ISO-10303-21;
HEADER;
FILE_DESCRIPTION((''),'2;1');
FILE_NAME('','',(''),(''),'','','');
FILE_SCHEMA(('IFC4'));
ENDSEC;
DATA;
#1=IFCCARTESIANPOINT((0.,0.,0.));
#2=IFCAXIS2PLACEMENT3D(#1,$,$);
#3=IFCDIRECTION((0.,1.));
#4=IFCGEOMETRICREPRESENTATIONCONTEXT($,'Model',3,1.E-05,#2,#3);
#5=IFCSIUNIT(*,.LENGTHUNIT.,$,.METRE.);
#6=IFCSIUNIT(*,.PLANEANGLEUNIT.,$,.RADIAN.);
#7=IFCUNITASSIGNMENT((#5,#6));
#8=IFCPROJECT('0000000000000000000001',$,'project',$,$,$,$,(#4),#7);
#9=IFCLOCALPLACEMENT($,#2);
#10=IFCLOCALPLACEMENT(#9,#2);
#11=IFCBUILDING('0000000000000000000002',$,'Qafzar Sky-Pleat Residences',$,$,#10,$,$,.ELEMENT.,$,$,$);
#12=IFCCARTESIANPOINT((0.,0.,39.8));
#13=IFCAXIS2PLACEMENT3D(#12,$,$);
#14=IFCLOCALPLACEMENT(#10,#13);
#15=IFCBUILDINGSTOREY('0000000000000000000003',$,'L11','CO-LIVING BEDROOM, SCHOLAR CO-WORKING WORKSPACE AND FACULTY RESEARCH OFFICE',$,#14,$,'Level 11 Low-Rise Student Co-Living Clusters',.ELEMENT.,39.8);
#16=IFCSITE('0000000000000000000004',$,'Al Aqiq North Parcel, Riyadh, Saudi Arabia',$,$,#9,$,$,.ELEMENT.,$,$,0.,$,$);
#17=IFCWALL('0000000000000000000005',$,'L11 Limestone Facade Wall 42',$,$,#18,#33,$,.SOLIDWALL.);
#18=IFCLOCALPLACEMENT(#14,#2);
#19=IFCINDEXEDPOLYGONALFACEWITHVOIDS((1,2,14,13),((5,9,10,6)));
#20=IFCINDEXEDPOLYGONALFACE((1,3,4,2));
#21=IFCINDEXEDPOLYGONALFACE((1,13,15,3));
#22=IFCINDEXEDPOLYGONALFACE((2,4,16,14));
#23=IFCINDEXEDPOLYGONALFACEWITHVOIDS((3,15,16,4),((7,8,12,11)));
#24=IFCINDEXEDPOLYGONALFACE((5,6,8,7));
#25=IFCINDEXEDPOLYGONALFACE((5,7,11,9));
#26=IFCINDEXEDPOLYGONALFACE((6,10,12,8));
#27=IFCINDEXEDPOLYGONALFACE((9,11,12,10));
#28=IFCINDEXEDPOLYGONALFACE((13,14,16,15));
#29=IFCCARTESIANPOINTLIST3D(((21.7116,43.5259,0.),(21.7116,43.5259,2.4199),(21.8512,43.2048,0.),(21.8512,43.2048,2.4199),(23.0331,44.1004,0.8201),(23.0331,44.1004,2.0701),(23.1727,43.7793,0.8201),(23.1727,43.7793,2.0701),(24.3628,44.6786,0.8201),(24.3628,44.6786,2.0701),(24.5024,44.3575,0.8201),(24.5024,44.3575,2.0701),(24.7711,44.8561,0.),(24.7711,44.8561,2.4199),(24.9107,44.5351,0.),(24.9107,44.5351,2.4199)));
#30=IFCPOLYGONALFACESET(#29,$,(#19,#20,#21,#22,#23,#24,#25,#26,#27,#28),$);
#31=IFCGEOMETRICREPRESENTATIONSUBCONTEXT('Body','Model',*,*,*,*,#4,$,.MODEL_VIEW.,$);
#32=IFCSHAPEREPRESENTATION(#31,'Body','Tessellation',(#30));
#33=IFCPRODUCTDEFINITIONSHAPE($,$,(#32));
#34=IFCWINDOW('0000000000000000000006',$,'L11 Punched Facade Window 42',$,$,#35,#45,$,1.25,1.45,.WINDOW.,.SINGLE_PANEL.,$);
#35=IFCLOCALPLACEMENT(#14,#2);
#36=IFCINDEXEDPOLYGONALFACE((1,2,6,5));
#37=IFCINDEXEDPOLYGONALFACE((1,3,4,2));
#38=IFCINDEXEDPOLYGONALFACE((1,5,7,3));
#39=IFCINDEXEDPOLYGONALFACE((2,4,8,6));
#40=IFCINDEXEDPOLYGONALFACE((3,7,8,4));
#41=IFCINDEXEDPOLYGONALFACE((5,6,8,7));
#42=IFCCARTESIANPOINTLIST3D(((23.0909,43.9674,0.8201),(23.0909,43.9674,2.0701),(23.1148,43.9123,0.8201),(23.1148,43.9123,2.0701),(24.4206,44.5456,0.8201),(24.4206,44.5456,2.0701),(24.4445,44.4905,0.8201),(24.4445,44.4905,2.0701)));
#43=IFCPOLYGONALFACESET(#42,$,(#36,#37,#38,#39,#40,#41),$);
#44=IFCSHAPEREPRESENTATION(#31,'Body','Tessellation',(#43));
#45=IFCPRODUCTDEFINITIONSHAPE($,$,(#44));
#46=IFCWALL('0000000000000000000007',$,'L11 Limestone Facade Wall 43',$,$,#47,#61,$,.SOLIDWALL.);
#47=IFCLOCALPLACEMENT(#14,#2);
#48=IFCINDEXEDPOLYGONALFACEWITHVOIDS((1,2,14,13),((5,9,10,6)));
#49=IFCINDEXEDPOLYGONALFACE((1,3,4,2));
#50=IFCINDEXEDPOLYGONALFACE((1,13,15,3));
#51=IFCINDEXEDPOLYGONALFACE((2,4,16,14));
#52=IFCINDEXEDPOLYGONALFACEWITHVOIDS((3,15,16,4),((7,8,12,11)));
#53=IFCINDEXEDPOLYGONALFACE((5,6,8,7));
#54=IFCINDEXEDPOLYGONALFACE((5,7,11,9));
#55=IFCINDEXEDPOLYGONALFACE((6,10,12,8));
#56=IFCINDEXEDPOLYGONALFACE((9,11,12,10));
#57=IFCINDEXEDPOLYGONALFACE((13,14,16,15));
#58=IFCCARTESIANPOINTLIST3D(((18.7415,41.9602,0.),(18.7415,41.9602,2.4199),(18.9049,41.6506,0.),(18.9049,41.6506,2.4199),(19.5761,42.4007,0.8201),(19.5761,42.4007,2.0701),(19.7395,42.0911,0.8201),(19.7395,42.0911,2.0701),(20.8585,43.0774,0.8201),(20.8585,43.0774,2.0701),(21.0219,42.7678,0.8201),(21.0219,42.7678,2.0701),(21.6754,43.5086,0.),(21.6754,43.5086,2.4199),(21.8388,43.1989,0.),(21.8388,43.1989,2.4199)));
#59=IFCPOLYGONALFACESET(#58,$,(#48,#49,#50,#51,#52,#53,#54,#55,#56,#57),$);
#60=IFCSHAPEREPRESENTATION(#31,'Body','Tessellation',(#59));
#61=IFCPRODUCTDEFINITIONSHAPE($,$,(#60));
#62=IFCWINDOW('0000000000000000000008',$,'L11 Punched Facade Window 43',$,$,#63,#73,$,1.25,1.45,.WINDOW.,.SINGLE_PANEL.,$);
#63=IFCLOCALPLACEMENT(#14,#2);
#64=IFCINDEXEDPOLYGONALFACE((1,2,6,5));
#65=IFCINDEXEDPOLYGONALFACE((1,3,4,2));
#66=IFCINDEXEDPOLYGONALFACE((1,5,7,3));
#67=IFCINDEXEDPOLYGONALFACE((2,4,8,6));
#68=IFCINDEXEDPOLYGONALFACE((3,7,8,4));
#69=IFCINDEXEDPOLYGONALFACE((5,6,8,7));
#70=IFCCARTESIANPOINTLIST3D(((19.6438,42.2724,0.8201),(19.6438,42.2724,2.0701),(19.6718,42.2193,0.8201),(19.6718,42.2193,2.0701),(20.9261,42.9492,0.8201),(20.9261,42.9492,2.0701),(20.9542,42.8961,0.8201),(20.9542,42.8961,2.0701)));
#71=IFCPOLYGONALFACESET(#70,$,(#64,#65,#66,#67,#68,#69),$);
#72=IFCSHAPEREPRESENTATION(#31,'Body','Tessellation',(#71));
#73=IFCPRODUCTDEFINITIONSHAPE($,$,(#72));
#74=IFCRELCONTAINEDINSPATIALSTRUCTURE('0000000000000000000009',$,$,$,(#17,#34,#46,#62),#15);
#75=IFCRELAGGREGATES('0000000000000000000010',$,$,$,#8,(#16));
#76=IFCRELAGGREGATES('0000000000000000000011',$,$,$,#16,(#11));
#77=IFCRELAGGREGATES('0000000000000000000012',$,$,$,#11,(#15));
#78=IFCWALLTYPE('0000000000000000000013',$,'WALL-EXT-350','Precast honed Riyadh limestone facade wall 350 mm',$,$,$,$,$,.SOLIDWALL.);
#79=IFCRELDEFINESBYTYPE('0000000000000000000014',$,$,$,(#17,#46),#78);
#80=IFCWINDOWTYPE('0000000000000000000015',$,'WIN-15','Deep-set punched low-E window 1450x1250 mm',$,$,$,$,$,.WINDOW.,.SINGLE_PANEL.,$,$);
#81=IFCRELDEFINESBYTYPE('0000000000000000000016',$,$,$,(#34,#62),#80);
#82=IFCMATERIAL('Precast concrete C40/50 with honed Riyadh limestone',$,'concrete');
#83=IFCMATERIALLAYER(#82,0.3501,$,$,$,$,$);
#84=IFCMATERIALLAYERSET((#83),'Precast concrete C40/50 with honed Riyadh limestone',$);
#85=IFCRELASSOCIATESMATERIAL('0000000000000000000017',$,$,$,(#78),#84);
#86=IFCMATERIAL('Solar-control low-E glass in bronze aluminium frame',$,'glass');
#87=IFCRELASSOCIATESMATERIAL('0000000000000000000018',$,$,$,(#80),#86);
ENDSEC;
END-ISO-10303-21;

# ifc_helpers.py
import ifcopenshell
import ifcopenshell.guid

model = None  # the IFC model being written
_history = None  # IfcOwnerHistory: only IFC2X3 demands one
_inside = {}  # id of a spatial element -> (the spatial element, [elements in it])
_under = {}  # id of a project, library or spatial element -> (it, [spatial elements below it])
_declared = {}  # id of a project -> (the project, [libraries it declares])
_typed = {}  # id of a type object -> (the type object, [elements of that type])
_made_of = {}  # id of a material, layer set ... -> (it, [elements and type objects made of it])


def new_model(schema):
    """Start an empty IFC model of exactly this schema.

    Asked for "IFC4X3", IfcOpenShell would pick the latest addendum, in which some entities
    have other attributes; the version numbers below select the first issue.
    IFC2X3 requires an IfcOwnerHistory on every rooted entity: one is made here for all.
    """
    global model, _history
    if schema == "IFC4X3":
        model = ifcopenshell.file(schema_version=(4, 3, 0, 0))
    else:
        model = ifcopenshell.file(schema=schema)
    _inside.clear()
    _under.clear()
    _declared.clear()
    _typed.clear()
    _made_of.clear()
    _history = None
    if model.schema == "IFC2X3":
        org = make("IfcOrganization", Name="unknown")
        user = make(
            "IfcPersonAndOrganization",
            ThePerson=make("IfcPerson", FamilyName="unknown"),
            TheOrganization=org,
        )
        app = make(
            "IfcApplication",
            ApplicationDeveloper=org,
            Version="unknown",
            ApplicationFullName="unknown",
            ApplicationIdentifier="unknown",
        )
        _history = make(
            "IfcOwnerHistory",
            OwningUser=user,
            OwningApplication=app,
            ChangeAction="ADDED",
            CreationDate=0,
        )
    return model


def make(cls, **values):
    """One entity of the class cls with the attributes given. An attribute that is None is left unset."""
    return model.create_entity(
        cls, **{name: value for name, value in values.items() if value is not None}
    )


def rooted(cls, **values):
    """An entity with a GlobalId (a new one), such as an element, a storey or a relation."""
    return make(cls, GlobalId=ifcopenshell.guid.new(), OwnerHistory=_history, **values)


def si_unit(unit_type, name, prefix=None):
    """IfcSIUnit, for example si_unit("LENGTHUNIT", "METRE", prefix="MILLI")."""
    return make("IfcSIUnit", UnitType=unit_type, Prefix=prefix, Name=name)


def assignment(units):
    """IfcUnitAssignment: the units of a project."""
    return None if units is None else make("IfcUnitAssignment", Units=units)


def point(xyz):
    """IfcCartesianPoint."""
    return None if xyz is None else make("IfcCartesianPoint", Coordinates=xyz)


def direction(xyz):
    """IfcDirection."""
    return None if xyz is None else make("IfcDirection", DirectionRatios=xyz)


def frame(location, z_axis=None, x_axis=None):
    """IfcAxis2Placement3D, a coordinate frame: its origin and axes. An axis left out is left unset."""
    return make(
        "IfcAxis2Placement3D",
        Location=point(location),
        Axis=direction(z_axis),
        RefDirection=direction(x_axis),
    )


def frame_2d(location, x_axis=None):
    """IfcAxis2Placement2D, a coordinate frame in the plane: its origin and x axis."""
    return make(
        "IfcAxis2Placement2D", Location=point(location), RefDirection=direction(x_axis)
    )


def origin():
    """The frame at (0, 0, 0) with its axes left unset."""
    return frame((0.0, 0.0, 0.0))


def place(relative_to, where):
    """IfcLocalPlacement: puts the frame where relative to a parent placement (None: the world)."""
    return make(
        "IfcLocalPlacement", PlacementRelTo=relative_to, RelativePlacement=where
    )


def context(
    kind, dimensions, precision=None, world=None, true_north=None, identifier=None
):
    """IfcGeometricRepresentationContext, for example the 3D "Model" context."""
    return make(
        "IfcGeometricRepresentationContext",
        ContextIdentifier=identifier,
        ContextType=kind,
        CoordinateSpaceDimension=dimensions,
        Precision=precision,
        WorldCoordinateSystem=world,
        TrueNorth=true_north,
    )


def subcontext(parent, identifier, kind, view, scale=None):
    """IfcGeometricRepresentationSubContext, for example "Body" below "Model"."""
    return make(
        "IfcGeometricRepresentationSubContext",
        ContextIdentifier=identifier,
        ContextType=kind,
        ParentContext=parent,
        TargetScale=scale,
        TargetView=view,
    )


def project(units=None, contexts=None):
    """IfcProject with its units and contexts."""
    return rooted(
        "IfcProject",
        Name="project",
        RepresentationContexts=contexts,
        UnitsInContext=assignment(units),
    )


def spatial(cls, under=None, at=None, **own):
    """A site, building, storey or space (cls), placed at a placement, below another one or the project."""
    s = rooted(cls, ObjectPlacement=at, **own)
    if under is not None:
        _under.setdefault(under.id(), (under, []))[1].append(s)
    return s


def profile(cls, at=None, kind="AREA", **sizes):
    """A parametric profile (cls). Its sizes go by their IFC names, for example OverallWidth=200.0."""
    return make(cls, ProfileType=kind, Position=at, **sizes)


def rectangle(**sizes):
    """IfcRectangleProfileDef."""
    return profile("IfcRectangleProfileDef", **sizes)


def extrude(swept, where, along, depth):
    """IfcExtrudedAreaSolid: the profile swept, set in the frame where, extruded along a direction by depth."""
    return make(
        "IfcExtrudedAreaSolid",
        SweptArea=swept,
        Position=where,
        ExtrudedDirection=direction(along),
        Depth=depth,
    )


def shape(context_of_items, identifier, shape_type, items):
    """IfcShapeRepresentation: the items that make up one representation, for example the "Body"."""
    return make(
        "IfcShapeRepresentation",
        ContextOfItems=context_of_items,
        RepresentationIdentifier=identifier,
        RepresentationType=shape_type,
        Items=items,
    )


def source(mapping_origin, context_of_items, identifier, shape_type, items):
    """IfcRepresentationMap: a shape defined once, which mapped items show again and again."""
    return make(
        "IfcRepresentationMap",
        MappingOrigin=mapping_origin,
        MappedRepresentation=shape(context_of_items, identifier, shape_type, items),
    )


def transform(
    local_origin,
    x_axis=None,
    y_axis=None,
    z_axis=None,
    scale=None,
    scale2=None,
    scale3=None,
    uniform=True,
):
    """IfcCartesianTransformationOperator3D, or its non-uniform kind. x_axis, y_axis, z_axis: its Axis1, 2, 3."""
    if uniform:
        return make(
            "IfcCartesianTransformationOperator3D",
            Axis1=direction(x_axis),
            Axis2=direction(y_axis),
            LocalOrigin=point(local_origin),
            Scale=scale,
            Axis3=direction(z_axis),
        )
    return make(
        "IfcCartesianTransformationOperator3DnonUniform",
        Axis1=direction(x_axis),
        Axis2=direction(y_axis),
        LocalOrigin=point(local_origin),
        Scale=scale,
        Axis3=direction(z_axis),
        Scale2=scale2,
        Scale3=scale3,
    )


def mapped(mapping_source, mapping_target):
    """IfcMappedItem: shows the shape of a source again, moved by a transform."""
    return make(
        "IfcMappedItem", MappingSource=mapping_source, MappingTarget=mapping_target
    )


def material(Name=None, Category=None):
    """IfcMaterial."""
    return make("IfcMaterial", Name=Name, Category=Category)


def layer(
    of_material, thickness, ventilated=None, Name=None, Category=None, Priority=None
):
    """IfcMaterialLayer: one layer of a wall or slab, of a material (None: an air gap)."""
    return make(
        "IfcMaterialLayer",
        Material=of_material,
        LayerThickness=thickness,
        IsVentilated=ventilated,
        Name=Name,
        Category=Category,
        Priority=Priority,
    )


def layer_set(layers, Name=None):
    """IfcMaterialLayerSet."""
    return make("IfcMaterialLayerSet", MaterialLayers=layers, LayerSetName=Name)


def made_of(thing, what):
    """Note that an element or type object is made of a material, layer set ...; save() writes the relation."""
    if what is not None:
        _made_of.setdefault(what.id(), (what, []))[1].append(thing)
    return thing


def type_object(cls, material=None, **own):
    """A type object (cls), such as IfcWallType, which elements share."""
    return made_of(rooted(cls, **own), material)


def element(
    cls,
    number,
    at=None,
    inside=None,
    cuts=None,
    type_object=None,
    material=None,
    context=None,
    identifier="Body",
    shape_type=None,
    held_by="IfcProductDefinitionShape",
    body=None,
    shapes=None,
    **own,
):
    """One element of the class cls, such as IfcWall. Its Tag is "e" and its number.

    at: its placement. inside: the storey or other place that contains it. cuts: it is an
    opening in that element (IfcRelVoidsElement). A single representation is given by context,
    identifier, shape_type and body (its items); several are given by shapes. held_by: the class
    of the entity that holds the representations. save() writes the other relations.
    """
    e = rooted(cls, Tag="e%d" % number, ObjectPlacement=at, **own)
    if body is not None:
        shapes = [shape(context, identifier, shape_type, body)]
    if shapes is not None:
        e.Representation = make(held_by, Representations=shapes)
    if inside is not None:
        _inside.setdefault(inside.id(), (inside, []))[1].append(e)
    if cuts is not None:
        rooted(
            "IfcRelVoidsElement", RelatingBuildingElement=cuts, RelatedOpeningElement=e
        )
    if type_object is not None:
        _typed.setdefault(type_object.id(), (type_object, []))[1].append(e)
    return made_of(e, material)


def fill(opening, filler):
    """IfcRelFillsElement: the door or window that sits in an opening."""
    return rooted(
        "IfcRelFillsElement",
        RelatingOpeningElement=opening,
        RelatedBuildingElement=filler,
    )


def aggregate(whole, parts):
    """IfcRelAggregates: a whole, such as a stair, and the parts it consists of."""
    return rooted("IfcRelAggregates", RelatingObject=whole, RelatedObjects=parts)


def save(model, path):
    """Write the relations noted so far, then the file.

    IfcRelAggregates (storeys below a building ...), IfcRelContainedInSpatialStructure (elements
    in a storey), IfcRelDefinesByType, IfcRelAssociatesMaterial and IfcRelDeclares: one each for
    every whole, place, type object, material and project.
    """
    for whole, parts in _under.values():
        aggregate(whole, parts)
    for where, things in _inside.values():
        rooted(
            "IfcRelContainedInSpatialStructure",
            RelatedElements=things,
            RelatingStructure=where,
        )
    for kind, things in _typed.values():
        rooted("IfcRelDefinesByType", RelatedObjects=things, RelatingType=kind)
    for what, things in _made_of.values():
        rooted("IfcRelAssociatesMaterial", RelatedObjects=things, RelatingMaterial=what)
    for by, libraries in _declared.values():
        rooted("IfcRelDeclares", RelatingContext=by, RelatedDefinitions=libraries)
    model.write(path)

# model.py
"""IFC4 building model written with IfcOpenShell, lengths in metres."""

from ifc_helpers import new_model, si_unit, direction, frame, frame_2d, origin, place, context, subcontext, project, spatial, rectangle, extrude, source, transform, mapped, material, layer, layer_set, type_object, element, fill, save


model = new_model("IFC4")

# Units and contexts
model_context = context("Model", 3, precision=1e-05, world=origin(), true_north=direction((0.0, 1.0)))
body_context = subcontext(model_context, "Body", "Model", "MODEL_VIEW")
ifc_project = project(units=[si_unit("LENGTHUNIT", "METRE"), si_unit("PLANEANGLEUNIT", "RADIAN")], contexts=[model_context])

# Site, building, storey
site_placement = place(None, origin())
site = spatial("IfcSite", under=ifc_project, at=site_placement, Name="Al Aqiq North Parcel, Riyadh, Saudi Arabia", CompositionType="ELEMENT", RefElevation=0.0)
building_placement = place(site_placement, origin())
building = spatial("IfcBuilding", under=site, at=building_placement, Name="Qafzar Sky-Pleat Residences", CompositionType="ELEMENT")
storey_placement = place(building_placement, frame((0.0, 0.0, 39.8)))
storey = spatial("IfcBuildingStorey", under=building, at=storey_placement, Name="L11", Description="CO-LIVING BEDROOM, SCHOLAR CO-WORKING WORKSPACE AND FACULTY RESEARCH OFFICE", LongName="Level 11 Low-Rise Student Co-Living Clusters", CompositionType="ELEMENT", Elevation=39.8)

# Shared definitions
ifc_material_1 = material(Name="Precast concrete C40/50 with honed Riyadh limestone", Category="concrete")
ifc_layer_1 = layer(ifc_material_1, 0.3501)
ifc_layer_set_1 = layer_set([ifc_layer_1], Name="Precast concrete C40/50 with honed Riyadh limestone")
wall_type_1 = type_object("IfcWallType", Name="WALL-EXT-350", Description="Precast honed Riyadh limestone facade wall 350 mm", PredefinedType="SOLIDWALL", material=ifc_layer_set_1)

# Walls, openings, windows
wall_1_placement = place(storey_placement, frame((24.8408, 44.6956, 0.0), z_axis=(0.0, 0.0, 1.0), x_axis=(-0.917062, -0.398745, 0.0)))
wall_1 = element("IfcWall", 1, at=wall_1_placement, inside=storey, type_object=wall_type_1, Name="L11 Limestone Facade Wall 42", PredefinedType="SOLIDWALL", context=body_context, shape_type="SweptSolid", body=[
    extrude(rectangle(XDim=3.3362, YDim=0.3501, at=frame_2d((1.668, 0.0))), origin(), (0.0, 0.0, 1.0), 2.4199),
])
opening_1_placement = place(wall_1_placement, frame((0.4451, 0.0, 0.8201)))
opening_1 = element("IfcOpeningElement", 2, at=opening_1_placement, cuts=wall_1, PredefinedType="OPENING", context=body_context, shape_type="SweptSolid", body=[
    extrude(rectangle(XDim=1.45, YDim=1.25, at=frame_2d((0.7251, 0.625))), frame((0.0, 0.1851, 0.0), z_axis=(0.0, -1.0, 0.0), x_axis=(1.0, 0.0, 0.0)), (0.0, 0.0, 1.0), 0.3701),
])
ifc_material_2 = material(Name="Solar-control low-E glass in bronze aluminium frame", Category="glass")
window_type = type_object("IfcWindowType", Name="WIN-15", Description="Deep-set punched low-E window 1450x1250 mm", PartitioningType="SINGLE_PANEL", PredefinedType="WINDOW", material=ifc_material_2)
shared_shape_1 = source(origin(), body_context, "Body", "SweptSolid", [
    extrude(rectangle(XDim=1.45, YDim=1.25, at=frame_2d((0.7251, 0.625))), frame((0.0, 0.03, 0.0), z_axis=(0.0, -1.0, 0.0), x_axis=(1.0, 0.0, 0.0)), (0.0, 0.0, 1.0), 0.0601),
])
window_1_placement = place(opening_1_placement, origin())
window_1 = element("IfcWindow", 3, at=window_1_placement, inside=storey, type_object=window_type, Name="L11 Punched Facade Window 42", OverallHeight=1.25, OverallWidth=1.45, PartitioningType="SINGLE_PANEL", PredefinedType="WINDOW", context=body_context, shape_type="MappedRepresentation", body=[
    mapped(shared_shape_1, transform((0.0, 0.0, 0.0), x_axis=(1.0, 0.0, 0.0), y_axis=(0.0, 1.0, 0.0), z_axis=(0.0, 0.0, 1.0), scale=1.0)),
])
fill(opening_1, window_1)
wall_2_placement = place(storey_placement, frame((21.7571, 43.3538, 0.0), z_axis=(0.0, 0.0, 1.0), x_axis=(-0.884394, -0.466741, 0.0)))
wall_2 = element("IfcWall", 4, at=wall_2_placement, inside=storey, type_object=wall_type_1, Name="L11 Limestone Facade Wall 43", PredefinedType="SOLIDWALL", context=body_context, shape_type="SweptSolid", body=[
    extrude(rectangle(XDim=3.3174, YDim=0.3501, at=frame_2d((1.6587, 0.0))), origin(), (0.0, 0.0, 1.0), 2.4199),
])
opening_2_placement = place(wall_2_placement, frame((0.9236, 0.0, 0.8201)))
opening_2 = element("IfcOpeningElement", 5, at=opening_2_placement, cuts=wall_2, PredefinedType="OPENING", context=body_context, shape_type="SweptSolid", body=[
    extrude(rectangle(XDim=1.45, YDim=1.25, at=frame_2d((0.7251, 0.625))), frame((0.0, 0.1851, 0.0), z_axis=(0.0, -1.0, 0.0), x_axis=(1.0, 0.0, 0.0)), (0.0, 0.0, 1.0), 0.3701),
])
window_2_placement = place(opening_2_placement, origin())
window_2 = element("IfcWindow", 6, at=window_2_placement, inside=storey, type_object=window_type, Name="L11 Punched Facade Window 43", OverallHeight=1.25, OverallWidth=1.45, PartitioningType="SINGLE_PANEL", PredefinedType="WINDOW", context=body_context, shape_type="MappedRepresentation", body=[
    mapped(shared_shape_1, transform((0.0, 0.0, 0.0), x_axis=(1.0, 0.0, 0.0), y_axis=(0.0, 1.0, 0.0), z_axis=(0.0, 0.0, 1.0), scale=1.0)),
])
fill(opening_2, window_2)

save(model, "model.ifc")
